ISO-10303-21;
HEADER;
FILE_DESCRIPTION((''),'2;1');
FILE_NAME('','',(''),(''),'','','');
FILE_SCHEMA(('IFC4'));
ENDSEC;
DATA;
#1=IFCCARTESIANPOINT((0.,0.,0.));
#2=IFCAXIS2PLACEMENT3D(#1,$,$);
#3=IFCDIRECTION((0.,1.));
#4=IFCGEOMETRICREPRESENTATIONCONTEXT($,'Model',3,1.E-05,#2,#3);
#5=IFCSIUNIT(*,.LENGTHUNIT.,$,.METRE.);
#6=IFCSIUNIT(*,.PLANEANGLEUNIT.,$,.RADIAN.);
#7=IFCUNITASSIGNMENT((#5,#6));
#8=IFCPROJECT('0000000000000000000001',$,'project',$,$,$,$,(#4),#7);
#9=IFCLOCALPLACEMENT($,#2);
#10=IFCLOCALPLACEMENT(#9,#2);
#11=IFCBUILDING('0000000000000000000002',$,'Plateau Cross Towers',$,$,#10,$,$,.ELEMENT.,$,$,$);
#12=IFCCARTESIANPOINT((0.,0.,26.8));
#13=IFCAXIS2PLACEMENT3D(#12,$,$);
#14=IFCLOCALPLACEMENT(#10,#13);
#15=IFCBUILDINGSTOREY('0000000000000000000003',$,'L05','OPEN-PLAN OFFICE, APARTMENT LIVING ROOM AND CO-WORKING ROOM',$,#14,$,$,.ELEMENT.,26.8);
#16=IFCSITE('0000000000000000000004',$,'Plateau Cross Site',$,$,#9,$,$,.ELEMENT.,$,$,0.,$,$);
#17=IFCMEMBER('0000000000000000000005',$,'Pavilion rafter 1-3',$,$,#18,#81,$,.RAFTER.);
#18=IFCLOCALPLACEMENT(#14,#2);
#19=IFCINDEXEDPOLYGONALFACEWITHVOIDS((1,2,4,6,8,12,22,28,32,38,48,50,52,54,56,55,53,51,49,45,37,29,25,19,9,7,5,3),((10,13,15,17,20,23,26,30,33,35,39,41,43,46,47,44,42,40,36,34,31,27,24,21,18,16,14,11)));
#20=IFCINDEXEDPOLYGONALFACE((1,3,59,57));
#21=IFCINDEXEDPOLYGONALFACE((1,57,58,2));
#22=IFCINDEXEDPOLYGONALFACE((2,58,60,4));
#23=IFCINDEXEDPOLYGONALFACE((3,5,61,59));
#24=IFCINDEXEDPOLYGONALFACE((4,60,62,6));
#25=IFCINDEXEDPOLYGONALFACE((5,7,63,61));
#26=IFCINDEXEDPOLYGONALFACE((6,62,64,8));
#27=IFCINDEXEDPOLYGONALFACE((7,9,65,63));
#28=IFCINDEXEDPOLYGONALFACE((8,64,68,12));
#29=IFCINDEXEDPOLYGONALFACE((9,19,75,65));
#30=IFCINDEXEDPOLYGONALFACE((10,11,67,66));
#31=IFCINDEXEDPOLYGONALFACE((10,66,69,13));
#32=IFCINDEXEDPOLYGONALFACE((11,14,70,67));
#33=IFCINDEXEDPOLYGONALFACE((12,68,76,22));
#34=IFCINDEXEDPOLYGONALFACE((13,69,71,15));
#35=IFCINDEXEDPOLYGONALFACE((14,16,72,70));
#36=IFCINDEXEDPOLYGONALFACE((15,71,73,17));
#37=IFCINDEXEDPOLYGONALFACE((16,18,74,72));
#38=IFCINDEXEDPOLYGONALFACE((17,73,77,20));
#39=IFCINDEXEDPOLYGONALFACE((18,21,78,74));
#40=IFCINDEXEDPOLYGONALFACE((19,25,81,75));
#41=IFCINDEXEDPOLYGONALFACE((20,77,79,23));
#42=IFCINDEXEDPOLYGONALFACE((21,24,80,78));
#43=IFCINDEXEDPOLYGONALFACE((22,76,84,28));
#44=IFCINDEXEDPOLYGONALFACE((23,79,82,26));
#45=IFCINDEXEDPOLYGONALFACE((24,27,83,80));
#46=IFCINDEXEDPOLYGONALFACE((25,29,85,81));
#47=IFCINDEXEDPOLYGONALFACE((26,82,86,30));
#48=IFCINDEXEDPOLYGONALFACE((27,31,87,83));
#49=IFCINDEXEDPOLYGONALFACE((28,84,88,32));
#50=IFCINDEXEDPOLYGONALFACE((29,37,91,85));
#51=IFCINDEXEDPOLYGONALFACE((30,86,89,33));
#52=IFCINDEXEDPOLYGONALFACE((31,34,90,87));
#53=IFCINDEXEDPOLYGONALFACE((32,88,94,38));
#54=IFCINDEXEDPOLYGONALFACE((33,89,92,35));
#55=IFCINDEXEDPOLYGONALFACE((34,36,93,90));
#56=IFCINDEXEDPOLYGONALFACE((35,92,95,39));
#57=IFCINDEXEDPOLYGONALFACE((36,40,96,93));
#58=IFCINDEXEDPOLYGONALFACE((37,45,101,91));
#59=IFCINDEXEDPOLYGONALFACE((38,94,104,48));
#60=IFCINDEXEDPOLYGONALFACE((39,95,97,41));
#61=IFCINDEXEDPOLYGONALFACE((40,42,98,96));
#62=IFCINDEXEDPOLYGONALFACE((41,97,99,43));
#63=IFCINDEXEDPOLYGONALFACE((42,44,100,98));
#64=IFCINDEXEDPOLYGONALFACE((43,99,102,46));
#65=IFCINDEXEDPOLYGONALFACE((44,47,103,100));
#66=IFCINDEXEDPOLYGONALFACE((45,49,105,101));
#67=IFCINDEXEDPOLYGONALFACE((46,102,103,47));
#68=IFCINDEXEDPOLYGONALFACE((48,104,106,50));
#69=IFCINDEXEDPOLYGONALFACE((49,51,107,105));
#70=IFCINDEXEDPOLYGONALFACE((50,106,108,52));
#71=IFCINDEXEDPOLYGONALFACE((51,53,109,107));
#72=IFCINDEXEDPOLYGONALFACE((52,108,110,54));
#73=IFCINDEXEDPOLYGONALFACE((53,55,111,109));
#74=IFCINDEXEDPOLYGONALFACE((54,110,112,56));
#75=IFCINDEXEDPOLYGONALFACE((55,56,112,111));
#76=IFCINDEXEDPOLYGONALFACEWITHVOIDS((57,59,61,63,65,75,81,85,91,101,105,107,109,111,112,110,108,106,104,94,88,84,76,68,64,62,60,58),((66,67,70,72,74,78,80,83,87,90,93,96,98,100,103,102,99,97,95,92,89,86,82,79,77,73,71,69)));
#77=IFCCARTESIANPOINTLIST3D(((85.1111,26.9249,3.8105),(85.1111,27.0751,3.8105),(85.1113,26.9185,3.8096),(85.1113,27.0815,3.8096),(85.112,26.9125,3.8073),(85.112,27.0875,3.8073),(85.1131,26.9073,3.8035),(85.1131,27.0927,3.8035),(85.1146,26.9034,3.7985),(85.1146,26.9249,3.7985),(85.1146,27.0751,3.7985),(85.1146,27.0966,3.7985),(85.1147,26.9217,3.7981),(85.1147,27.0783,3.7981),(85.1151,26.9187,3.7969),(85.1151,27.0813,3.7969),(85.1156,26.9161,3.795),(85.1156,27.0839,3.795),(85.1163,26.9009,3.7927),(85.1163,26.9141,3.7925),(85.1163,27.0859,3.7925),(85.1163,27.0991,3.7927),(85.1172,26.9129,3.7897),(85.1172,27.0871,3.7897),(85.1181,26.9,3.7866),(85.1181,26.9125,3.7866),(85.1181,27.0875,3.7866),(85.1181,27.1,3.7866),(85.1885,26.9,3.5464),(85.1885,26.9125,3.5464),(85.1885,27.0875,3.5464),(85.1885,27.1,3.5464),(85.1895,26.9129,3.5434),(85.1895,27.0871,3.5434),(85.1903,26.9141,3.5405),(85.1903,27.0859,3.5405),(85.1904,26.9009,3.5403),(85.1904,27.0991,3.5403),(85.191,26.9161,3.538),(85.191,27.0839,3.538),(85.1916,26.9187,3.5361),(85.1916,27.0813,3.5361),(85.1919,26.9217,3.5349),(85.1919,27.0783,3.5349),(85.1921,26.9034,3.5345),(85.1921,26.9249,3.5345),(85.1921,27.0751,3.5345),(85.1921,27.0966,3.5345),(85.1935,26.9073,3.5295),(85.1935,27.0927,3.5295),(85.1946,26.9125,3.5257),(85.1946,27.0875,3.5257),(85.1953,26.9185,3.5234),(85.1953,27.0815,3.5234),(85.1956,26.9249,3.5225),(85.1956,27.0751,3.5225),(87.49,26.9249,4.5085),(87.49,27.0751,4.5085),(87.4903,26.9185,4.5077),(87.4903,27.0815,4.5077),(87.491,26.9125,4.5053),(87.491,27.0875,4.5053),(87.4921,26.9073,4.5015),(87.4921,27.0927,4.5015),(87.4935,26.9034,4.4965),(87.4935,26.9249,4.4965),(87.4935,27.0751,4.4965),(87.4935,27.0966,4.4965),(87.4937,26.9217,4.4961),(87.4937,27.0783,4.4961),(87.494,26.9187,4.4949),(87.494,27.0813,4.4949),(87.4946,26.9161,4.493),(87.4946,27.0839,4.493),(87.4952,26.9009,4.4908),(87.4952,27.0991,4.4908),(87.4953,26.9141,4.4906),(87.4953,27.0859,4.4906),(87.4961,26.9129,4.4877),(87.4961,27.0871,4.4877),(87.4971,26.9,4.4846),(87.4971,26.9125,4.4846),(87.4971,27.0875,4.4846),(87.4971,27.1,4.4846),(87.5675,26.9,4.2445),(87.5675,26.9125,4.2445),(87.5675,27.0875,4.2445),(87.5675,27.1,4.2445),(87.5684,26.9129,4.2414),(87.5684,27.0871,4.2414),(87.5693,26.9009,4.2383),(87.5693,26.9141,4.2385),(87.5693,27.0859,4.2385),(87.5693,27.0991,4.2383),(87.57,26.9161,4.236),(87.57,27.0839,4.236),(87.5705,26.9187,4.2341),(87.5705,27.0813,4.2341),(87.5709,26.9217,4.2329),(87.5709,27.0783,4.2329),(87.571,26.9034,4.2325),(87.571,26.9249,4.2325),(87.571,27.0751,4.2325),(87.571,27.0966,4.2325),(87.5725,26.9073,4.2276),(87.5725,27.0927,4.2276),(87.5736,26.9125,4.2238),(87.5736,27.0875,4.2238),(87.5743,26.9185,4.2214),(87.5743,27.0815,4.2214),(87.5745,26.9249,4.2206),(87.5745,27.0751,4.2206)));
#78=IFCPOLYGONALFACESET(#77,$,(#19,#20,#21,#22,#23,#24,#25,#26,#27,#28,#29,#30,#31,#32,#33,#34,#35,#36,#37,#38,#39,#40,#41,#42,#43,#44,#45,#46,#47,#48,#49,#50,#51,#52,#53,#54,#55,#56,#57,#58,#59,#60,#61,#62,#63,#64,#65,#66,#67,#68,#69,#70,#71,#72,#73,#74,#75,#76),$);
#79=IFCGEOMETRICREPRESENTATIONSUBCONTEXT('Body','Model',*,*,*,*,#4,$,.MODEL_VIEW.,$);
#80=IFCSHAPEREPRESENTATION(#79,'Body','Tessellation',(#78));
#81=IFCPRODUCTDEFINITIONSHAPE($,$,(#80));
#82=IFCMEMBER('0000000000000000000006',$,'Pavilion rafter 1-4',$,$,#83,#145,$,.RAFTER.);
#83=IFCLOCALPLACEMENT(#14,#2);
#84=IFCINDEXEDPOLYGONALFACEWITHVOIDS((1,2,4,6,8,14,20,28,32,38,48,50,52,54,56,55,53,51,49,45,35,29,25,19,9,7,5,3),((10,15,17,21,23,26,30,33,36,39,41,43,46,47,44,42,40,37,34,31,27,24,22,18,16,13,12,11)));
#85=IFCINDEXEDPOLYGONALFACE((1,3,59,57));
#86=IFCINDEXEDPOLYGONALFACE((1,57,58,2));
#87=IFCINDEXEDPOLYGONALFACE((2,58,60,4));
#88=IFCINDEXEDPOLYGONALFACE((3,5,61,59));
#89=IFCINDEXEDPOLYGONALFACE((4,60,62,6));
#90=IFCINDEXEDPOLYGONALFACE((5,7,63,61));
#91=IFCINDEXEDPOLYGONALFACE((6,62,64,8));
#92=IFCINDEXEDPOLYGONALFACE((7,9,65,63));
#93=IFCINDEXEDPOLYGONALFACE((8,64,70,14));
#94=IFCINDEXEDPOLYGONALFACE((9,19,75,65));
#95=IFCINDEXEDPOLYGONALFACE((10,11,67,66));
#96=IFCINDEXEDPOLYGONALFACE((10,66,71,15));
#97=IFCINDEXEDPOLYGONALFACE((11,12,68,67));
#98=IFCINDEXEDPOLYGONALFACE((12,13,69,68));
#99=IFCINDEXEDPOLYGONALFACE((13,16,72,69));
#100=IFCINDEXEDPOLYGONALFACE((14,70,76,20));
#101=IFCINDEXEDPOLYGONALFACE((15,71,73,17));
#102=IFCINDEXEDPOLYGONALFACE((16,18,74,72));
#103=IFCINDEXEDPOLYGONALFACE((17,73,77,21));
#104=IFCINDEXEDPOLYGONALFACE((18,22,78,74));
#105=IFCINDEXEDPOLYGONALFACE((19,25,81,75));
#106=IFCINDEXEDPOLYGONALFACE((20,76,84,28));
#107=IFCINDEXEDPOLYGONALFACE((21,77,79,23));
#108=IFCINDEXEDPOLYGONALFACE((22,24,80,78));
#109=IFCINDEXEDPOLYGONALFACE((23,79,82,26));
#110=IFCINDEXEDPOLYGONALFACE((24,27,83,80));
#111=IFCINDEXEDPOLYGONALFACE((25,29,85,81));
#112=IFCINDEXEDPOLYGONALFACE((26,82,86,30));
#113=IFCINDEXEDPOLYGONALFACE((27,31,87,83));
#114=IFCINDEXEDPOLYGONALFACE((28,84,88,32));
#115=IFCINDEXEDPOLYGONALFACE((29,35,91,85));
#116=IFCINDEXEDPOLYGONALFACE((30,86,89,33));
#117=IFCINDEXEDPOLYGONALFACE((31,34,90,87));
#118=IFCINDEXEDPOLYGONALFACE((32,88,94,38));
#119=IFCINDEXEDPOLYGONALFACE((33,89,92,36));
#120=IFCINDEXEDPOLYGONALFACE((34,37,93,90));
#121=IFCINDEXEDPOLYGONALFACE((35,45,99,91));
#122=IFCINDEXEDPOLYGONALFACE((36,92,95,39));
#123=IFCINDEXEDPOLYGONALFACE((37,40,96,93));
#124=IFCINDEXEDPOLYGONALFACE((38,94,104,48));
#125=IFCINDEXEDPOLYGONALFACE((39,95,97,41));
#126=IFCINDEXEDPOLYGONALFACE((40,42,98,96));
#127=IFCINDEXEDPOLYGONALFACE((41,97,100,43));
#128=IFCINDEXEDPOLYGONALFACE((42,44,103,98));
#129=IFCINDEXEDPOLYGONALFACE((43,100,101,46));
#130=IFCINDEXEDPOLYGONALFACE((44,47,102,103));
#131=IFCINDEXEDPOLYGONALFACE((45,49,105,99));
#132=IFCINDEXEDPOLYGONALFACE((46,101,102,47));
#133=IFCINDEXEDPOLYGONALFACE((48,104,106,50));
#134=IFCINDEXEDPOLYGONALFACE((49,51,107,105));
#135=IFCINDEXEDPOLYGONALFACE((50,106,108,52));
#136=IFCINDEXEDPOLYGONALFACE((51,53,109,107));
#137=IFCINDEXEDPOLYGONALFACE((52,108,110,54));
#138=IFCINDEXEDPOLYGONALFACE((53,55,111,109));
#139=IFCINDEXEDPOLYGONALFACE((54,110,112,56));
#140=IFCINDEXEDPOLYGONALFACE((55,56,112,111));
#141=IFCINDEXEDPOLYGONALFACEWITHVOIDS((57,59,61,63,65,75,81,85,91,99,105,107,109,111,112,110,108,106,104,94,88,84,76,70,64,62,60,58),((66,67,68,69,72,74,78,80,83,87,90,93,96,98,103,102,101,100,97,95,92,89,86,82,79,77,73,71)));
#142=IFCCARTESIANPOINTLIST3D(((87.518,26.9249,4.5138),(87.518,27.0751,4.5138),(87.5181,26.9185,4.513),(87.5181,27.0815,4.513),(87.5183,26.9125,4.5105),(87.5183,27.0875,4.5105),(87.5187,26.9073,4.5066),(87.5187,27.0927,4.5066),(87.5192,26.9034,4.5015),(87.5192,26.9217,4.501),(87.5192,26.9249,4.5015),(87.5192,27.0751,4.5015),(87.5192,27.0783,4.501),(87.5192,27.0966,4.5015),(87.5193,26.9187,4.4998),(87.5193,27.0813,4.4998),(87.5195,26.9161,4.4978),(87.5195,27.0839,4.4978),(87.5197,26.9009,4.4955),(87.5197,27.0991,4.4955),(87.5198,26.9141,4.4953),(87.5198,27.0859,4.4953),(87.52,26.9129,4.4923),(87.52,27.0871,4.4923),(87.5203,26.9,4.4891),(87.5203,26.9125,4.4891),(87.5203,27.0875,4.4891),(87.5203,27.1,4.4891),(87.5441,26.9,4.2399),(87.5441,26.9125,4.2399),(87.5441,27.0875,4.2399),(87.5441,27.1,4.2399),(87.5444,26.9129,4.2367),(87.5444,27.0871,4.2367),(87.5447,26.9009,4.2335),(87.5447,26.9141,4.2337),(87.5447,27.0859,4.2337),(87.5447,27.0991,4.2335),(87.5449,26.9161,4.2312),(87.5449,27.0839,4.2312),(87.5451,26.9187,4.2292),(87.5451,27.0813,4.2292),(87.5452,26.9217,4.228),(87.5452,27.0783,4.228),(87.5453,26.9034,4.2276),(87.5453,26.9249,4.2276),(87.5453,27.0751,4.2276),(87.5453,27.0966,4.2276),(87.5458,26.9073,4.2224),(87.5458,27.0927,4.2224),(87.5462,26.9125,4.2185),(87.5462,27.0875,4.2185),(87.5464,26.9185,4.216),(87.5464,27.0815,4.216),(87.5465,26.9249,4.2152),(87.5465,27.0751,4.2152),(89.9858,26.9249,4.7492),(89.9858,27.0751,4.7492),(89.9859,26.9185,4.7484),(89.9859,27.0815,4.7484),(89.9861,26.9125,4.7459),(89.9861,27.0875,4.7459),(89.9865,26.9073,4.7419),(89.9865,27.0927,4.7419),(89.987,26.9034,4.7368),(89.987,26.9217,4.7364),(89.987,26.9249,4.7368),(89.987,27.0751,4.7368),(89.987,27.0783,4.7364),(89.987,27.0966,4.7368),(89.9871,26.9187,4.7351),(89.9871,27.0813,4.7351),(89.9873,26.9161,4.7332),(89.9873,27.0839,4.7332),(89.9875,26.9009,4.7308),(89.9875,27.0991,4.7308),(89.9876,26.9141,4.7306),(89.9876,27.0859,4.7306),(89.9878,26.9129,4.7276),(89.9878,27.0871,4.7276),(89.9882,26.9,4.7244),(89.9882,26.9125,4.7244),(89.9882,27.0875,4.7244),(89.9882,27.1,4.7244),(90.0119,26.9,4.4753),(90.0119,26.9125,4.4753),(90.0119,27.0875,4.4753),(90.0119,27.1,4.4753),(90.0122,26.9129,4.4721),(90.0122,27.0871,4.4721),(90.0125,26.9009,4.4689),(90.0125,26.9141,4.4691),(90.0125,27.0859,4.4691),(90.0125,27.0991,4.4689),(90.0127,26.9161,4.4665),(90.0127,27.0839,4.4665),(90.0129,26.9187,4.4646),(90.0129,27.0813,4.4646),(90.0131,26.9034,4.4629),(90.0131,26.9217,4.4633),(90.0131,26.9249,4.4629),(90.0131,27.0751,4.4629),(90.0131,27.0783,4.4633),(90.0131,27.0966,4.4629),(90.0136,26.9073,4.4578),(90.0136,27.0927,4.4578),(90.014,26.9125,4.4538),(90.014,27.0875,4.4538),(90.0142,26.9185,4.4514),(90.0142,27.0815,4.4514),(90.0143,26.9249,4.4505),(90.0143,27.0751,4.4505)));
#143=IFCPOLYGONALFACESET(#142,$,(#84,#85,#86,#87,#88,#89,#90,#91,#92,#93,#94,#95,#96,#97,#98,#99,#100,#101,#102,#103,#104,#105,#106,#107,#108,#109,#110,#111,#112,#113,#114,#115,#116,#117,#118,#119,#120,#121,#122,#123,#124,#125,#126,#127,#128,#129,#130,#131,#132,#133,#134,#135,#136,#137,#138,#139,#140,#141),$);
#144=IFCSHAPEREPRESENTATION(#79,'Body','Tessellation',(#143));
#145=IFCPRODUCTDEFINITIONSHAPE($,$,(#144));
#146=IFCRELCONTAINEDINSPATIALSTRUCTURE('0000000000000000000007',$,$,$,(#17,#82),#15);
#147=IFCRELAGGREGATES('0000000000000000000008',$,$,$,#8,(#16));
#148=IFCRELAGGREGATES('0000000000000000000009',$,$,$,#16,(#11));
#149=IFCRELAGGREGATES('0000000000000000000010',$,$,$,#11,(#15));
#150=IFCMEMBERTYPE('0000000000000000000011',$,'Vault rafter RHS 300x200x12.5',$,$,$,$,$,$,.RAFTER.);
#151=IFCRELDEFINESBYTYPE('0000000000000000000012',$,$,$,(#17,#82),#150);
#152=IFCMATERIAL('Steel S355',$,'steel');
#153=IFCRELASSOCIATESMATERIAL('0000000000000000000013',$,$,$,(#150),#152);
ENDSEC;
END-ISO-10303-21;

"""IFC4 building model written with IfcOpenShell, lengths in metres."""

from ifc_helpers import new_model, si_unit, direction, frame, origin, origin_2d, place, context, subcontext, project, spatial, hollow_rectangle, extrude, material, material_profile, profile_set, type_object, element, save


model = new_model("IFC4")

# Units and contexts
model_context = context("Model", 3, precision=1e-05, world=origin(), true_north=direction((0.0, 1.0)))
body_context = subcontext(model_context, "Body", "Model", "MODEL_VIEW")
ifc_project = project(units=[si_unit("LENGTHUNIT", "METRE"), si_unit("PLANEANGLEUNIT", "RADIAN")], contexts=[model_context])

# Site, building, storey
site_placement = place(None, origin())
site = spatial("IfcSite", under=ifc_project, at=site_placement, Name="Plateau Cross Site", CompositionType="ELEMENT", RefElevation=0.0)
building_placement = place(site_placement, origin())
building = spatial("IfcBuilding", under=site, at=building_placement, Name="Plateau Cross Towers", CompositionType="ELEMENT")
storey_placement = place(building_placement, frame((0.0, 0.0, 26.8)))
storey = spatial("IfcBuildingStorey", under=building, at=storey_placement, Name="L05", Description="OPEN-PLAN OFFICE, APARTMENT LIVING ROOM AND CO-WORKING ROOM", CompositionType="ELEMENT", Elevation=26.8)

# Shared definitions
ifc_material_1 = material(Name="Steel S355", Category="steel")

# Members
ifc_material_profile_1 = material_profile(ifc_material_1, hollow_rectangle(XDim=0.2, YDim=0.3, WallThickness=0.0125, InnerFilletRadius=0.0125, OuterFilletRadius=0.0249, at=origin_2d()), Name="RHS 300x200x12.5")
ifc_profile_set_1 = profile_set([ifc_material_profile_1], Name="Steel S355")
member_type = type_object("IfcMemberType", Name="Vault rafter RHS 300x200x12.5", PredefinedType="RAFTER", material=ifc_profile_set_1)
member_1_placement = place(storey_placement, frame((85.1533, 27.0, 3.6665), z_axis=(0.959549, 0.0, 0.281542), x_axis=(0.0, 1.0, 0.0)))
element("IfcMember", 1, at=member_1_placement, inside=storey, type_object=member_type, Name="Pavilion rafter 1-3", PredefinedType="RAFTER", context=body_context, shape_type="SweptSolid", body=[
    extrude(hollow_rectangle(XDim=0.2, YDim=0.3, WallThickness=0.0125, InnerFilletRadius=0.0125, OuterFilletRadius=0.0249, at=origin_2d()), origin(), (0.0, 0.0, 1.0), 2.4792),
])
for number, where, z_axis, x_axis, name in (
    (2, (87.5322, 27.0, 4.3645), (0.995483, 0.0, 0.094939), (0.0, 1.0, 0.0), "Pavilion rafter 1-4"),
):
    element("IfcMember", number, at=place(storey_placement, frame(where, z_axis=z_axis, x_axis=x_axis)), inside=storey, type_object=member_type, Name=name, PredefinedType="RAFTER", context=body_context, shape_type="SweptSolid", body=[
        extrude(hollow_rectangle(XDim=0.2, YDim=0.3, WallThickness=0.0125, InnerFilletRadius=0.0125, OuterFilletRadius=0.0249, at=origin_2d()), origin(), (0.0, 0.0, 1.0), 2.479),
    ])

save(model, "model.ifc")
